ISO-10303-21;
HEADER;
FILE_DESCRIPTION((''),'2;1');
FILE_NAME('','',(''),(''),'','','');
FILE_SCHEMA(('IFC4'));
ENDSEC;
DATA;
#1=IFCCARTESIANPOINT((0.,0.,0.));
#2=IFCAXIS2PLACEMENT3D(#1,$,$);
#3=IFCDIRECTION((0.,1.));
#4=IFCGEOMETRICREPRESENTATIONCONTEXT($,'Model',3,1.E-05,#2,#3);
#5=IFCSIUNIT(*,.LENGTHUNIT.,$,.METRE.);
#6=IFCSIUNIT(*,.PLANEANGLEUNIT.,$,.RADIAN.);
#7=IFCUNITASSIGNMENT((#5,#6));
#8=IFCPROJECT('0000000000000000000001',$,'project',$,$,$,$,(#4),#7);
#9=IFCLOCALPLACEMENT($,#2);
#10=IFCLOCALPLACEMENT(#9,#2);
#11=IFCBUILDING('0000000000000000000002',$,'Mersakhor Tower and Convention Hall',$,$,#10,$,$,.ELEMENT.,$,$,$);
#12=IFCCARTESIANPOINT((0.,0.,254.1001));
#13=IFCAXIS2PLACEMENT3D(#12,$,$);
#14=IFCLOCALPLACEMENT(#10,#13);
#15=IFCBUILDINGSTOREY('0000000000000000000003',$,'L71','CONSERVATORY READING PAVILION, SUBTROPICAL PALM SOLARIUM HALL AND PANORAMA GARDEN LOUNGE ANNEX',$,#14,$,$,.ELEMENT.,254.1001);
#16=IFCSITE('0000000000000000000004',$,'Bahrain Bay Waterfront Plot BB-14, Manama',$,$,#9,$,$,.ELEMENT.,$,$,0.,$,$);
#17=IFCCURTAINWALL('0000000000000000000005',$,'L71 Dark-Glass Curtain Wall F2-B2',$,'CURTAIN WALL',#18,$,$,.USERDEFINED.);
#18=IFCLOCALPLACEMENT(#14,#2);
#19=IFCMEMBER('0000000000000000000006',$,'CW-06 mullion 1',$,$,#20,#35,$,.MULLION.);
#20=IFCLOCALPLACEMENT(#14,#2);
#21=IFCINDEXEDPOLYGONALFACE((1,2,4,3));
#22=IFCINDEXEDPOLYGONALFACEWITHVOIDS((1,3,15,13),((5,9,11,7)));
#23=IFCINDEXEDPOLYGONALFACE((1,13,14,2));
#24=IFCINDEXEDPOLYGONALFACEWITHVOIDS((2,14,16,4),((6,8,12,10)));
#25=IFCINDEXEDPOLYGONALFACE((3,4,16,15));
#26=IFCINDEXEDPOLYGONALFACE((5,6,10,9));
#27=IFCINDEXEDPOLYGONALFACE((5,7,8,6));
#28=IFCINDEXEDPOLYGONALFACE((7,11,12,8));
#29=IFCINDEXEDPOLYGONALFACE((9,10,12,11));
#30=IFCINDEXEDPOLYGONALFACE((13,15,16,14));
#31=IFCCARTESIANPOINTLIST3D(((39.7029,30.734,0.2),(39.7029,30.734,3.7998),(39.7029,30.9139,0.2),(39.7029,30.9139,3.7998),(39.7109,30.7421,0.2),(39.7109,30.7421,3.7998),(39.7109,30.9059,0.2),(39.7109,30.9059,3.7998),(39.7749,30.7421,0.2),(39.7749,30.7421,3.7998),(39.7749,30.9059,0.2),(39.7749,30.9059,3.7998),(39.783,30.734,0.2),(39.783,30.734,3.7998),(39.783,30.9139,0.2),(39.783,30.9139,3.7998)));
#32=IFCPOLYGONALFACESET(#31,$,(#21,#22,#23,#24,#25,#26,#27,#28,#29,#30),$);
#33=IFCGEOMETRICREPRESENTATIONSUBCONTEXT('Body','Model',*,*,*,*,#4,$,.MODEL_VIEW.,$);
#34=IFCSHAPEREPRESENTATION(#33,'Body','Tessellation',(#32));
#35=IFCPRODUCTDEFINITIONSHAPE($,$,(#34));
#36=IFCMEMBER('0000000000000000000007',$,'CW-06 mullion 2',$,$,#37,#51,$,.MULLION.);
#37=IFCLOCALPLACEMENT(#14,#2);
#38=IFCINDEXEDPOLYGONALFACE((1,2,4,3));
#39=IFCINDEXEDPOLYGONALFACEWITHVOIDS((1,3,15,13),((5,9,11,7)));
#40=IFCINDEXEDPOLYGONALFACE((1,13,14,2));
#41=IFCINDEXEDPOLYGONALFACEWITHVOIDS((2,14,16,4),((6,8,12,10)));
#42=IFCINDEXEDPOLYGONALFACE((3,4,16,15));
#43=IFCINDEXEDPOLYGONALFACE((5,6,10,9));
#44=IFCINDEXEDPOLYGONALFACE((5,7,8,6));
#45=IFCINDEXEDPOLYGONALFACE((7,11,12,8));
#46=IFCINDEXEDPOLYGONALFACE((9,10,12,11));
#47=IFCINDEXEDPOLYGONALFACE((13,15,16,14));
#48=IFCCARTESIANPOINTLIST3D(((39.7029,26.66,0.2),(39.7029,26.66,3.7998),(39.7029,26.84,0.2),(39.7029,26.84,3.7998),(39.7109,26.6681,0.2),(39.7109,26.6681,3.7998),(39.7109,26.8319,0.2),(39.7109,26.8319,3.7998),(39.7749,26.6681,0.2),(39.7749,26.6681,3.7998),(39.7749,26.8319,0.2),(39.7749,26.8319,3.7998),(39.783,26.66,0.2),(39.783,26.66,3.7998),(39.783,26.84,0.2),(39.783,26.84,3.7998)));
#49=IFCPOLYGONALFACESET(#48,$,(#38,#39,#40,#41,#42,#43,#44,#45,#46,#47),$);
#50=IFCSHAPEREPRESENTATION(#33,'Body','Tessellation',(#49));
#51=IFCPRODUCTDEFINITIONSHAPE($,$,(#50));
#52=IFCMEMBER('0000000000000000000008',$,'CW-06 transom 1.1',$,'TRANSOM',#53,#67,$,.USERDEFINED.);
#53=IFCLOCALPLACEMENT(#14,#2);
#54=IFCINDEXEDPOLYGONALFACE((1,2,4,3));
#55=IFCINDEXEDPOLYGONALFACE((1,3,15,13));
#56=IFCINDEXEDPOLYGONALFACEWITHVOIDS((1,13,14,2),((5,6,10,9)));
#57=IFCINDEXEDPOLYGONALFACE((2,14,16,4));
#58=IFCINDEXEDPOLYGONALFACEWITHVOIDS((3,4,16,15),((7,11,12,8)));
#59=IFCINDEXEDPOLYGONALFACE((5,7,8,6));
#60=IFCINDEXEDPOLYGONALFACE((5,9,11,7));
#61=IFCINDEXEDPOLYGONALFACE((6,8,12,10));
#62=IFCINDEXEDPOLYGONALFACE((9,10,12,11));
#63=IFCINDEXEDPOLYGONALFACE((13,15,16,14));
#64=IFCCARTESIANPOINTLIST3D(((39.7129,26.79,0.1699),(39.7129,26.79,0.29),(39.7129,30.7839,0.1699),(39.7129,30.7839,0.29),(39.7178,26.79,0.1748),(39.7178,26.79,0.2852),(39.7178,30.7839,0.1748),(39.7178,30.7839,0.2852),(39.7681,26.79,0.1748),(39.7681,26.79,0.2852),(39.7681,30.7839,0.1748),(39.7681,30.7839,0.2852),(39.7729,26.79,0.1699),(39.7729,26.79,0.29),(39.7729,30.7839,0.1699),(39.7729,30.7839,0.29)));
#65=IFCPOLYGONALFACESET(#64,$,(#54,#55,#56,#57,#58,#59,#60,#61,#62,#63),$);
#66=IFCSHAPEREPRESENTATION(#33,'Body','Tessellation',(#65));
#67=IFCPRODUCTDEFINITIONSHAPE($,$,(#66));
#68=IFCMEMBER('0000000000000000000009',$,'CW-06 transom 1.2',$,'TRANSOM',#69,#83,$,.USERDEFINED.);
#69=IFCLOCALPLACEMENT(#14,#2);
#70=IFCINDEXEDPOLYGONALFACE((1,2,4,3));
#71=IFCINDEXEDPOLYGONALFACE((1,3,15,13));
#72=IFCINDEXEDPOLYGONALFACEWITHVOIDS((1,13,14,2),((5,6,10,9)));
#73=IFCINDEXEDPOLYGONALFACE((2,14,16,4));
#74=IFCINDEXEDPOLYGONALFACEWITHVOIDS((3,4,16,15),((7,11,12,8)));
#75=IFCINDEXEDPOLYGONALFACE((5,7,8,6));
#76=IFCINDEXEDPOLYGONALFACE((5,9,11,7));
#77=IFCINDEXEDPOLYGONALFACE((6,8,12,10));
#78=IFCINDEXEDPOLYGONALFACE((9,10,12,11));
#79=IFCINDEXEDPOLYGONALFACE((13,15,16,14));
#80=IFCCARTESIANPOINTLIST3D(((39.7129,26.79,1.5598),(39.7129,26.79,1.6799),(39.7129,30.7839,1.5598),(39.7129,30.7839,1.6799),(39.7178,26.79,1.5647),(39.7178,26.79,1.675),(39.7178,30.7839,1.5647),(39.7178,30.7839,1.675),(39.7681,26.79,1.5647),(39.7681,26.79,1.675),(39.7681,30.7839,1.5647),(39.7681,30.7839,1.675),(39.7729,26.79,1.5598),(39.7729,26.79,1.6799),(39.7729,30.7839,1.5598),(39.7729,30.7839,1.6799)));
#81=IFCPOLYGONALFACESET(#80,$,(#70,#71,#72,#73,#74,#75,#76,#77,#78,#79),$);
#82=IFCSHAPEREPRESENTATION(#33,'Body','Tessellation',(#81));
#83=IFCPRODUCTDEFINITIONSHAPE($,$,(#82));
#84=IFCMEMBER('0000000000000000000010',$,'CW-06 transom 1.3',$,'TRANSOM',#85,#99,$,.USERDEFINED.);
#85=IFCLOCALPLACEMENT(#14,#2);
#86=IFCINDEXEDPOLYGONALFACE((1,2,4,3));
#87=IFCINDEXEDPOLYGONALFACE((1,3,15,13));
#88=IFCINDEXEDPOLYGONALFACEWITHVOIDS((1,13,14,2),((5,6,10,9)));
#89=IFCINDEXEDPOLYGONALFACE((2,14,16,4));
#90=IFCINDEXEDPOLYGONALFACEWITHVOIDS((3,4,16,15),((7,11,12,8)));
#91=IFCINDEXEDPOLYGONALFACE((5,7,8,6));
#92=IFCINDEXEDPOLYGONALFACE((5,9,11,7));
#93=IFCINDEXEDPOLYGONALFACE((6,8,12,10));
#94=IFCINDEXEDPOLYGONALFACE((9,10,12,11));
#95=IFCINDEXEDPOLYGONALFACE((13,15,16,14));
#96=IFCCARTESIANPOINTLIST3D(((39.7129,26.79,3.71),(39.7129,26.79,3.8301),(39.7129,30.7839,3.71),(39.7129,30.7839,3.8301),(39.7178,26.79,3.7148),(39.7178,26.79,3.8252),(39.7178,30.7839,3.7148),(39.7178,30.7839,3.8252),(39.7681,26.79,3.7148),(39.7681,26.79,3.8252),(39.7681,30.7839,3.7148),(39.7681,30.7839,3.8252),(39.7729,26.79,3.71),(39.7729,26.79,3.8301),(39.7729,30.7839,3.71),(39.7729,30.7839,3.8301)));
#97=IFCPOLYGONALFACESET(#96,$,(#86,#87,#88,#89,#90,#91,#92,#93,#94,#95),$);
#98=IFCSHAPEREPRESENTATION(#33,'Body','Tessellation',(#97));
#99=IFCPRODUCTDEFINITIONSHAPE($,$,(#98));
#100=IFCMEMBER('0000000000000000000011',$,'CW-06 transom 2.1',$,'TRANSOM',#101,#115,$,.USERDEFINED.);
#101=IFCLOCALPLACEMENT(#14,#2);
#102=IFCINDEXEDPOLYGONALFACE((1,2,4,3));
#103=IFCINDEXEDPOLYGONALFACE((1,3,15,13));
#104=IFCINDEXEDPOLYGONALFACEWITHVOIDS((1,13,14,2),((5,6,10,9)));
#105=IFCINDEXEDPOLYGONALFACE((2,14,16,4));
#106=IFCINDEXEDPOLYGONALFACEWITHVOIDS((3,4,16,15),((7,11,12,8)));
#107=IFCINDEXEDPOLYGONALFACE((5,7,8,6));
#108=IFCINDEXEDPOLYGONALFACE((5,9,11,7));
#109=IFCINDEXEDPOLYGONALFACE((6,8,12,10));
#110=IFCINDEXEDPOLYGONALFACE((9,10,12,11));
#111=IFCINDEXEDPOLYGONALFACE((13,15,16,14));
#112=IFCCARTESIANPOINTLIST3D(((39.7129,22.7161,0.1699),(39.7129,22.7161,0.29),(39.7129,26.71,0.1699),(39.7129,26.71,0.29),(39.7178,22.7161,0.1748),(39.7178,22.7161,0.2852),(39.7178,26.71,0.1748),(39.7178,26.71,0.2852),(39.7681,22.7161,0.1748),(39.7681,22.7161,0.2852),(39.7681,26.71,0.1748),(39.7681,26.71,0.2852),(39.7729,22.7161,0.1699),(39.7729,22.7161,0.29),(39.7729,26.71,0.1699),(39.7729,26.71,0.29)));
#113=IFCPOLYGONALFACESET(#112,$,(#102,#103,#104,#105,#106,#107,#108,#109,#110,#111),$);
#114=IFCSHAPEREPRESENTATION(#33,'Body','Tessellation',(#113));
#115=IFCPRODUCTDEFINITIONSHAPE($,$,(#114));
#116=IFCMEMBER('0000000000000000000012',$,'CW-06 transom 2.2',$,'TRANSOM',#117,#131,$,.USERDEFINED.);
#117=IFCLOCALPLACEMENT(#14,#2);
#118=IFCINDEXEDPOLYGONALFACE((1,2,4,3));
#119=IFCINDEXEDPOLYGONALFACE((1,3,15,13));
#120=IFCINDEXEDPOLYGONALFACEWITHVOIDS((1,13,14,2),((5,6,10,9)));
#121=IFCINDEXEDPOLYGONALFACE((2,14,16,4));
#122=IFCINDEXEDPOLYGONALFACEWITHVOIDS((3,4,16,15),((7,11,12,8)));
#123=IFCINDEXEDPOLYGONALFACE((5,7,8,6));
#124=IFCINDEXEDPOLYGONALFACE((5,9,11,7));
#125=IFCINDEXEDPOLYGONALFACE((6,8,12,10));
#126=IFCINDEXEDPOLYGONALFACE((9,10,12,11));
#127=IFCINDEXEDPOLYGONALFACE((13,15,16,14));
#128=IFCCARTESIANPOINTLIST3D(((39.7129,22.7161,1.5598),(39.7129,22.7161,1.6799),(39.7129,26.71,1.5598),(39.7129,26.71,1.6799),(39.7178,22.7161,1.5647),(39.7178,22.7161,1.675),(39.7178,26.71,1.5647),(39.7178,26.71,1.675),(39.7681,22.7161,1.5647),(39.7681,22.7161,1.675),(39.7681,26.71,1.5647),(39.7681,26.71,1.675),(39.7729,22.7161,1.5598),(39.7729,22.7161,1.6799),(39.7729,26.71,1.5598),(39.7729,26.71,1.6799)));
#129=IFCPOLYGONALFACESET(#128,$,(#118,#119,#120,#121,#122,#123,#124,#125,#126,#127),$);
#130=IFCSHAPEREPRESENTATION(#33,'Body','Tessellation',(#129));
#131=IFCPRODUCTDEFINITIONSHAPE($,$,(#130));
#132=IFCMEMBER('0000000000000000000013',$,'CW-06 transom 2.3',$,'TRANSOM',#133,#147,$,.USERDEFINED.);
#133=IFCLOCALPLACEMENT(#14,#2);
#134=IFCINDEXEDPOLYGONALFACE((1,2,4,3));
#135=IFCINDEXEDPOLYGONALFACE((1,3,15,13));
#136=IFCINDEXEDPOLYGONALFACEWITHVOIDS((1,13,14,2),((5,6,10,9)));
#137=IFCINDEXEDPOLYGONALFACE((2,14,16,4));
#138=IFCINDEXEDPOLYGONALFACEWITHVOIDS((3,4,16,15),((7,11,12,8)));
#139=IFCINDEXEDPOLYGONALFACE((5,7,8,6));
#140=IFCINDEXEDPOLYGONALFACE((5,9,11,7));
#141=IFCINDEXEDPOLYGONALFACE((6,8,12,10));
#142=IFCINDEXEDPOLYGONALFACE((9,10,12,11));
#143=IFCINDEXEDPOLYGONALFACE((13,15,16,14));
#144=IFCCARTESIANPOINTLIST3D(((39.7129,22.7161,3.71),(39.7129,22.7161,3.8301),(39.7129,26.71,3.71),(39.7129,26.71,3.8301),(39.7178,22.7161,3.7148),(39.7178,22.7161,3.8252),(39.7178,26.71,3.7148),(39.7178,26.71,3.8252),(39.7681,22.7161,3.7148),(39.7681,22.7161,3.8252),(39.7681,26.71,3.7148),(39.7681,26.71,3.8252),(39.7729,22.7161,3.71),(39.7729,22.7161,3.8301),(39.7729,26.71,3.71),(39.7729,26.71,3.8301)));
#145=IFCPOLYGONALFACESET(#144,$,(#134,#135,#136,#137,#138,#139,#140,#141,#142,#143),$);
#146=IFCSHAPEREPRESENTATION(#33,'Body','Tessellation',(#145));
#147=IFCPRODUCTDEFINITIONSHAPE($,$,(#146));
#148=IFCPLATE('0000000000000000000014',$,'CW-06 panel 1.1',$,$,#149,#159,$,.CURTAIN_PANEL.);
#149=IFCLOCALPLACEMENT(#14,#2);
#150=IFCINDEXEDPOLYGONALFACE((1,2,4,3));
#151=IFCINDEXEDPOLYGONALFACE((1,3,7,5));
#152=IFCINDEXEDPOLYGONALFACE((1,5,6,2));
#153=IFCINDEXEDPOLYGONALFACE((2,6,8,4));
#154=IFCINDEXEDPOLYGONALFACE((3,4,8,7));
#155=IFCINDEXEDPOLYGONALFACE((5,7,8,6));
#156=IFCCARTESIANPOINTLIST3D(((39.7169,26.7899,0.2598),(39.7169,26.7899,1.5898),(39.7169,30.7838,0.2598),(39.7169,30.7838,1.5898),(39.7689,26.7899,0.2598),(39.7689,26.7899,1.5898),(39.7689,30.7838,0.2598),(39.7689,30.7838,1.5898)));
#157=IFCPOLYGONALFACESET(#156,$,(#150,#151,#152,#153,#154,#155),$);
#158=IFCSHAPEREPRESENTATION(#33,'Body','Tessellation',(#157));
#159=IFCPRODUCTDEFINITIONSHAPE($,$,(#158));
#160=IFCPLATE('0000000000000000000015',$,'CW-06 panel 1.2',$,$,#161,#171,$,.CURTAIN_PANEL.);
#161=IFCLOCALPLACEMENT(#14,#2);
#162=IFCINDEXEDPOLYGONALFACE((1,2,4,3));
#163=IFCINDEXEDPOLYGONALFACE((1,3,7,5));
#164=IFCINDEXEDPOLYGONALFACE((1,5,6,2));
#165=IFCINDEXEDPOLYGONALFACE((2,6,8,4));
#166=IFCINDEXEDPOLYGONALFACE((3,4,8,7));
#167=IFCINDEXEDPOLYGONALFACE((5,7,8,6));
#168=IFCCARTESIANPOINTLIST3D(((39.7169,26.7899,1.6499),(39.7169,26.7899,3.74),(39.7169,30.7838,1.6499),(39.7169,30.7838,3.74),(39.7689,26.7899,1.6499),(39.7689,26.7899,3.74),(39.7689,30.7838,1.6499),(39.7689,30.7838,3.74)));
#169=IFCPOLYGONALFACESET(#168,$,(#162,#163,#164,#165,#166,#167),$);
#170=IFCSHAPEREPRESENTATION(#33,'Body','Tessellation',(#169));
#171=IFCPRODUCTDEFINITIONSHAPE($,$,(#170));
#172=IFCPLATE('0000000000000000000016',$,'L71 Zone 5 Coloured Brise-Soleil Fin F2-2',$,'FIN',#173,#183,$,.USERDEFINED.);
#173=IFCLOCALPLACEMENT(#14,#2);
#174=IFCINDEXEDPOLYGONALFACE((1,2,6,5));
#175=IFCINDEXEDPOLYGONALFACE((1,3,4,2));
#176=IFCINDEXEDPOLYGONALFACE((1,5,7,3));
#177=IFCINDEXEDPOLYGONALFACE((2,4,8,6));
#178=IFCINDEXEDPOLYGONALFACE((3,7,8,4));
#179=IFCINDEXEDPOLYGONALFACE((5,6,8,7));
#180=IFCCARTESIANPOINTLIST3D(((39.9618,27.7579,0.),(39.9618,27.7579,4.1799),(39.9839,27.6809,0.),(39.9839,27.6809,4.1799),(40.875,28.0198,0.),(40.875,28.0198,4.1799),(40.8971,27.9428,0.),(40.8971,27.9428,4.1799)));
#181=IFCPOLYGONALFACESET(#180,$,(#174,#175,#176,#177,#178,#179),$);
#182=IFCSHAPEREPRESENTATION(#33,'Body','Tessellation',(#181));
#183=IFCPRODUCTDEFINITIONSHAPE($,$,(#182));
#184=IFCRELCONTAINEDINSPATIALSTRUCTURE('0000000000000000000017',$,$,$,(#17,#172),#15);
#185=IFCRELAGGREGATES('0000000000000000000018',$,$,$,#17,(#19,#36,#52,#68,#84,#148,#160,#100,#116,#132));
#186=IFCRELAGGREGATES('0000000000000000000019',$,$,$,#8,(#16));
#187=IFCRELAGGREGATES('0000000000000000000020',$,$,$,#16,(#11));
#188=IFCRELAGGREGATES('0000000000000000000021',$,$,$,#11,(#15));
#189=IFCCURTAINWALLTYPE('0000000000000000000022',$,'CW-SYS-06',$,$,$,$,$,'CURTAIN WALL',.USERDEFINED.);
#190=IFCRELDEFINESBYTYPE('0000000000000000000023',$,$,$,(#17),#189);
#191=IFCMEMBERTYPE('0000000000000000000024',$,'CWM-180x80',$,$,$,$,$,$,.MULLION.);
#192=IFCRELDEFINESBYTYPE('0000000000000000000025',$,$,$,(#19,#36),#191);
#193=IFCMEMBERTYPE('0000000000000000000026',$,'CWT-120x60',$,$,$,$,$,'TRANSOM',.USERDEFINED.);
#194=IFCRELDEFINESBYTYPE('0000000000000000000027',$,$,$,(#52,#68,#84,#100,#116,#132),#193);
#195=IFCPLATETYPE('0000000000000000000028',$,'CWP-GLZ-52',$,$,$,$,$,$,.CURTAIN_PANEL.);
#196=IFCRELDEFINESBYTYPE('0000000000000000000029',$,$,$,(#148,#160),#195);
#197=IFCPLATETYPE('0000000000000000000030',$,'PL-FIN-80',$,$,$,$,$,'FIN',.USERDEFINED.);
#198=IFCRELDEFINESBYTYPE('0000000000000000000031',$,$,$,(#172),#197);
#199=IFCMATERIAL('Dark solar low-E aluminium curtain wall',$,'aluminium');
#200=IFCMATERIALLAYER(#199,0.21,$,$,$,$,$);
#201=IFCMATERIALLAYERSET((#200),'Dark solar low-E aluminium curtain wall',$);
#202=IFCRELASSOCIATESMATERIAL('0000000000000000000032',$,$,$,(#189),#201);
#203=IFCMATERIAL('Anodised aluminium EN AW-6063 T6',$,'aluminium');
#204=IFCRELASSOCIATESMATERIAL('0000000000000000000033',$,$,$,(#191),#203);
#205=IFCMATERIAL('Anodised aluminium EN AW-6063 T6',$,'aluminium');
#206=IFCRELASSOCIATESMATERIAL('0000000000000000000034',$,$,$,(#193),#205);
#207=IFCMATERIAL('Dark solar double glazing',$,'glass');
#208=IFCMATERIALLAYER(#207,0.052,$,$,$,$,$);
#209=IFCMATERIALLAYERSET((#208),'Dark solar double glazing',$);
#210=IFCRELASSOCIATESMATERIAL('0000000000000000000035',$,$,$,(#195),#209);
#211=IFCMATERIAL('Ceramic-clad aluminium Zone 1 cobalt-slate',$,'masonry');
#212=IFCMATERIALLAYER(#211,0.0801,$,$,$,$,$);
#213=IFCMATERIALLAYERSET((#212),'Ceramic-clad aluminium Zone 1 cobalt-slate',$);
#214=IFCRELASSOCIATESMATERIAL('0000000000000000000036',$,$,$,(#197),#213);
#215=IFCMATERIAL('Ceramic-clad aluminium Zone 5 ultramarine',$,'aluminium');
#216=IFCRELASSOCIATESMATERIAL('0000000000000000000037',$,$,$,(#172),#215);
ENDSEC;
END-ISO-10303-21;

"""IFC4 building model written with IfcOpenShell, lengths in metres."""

from ifc_helpers import new_model, si_unit, direction, frame, origin, origin_2d, place, context, subcontext, project, spatial, rectangle, hollow_rectangle, extrude, material, layer, layer_set, material_profile, profile_set, type_object, element, aggregate, save


model = new_model("IFC4")

# Units and contexts
model_context = context("Model", 3, precision=1e-05, world=origin(), true_north=direction((0.0, 1.0)))
body_context = subcontext(model_context, "Body", "Model", "MODEL_VIEW")
ifc_project = project(units=[si_unit("LENGTHUNIT", "METRE"), si_unit("PLANEANGLEUNIT", "RADIAN")], contexts=[model_context])

# Site, building, storey
site_placement = place(None, origin())
site = spatial("IfcSite", under=ifc_project, at=site_placement, Name="Bahrain Bay Waterfront Plot BB-14, Manama", CompositionType="ELEMENT", RefElevation=0.0)
building_placement = place(site_placement, origin())
building = spatial("IfcBuilding", under=site, at=building_placement, Name="Mersakhor Tower and Convention Hall", CompositionType="ELEMENT")
storey_placement = place(building_placement, frame((0.0, 0.0, 254.1001)))
storey = spatial("IfcBuildingStorey", under=building, at=storey_placement, Name="L71", Description="CONSERVATORY READING PAVILION, SUBTROPICAL PALM SOLARIUM HALL AND PANORAMA GARDEN LOUNGE ANNEX", CompositionType="ELEMENT", Elevation=254.1001)

# Curtain wall, members, plates
ifc_material_1 = material(Name="Dark solar low-E aluminium curtain wall", Category="aluminium")
ifc_layer_1 = layer(ifc_material_1, 0.21)
ifc_layer_set_1 = layer_set([ifc_layer_1], Name="Dark solar low-E aluminium curtain wall")
curtain_wall_type = type_object("IfcCurtainWallType", Name="CW-SYS-06", ElementType="CURTAIN WALL", PredefinedType="USERDEFINED", material=ifc_layer_set_1)
curtain_wall_placement = place(storey_placement, origin())
curtain_wall = element("IfcCurtainWall", 1, at=curtain_wall_placement, inside=storey, type_object=curtain_wall_type, Name="L71 Dark-Glass Curtain Wall F2-B2", ObjectType="CURTAIN WALL", PredefinedType="USERDEFINED")
ifc_material_2 = material(Name="Anodised aluminium EN AW-6063 T6", Category="aluminium")
ifc_material_profile_1 = material_profile(ifc_material_2, hollow_rectangle(XDim=0.0801, YDim=0.1799, WallThickness=0.0081, at=origin_2d()), Name="RHS 180x80x8")
ifc_profile_set_1 = profile_set([ifc_material_profile_1], Name="Anodised aluminium EN AW-6063 T6")
member_type_1 = type_object("IfcMemberType", Name="CWM-180x80", PredefinedType="MULLION", material=ifc_profile_set_1)
member_1_placement = place(storey_placement, frame((39.7429, 30.824, 0.2), z_axis=(0.0, 0.0, 1.0), x_axis=(1.0, 0.0, 0.0)))
member_1 = element("IfcMember", 2, at=member_1_placement, type_object=member_type_1, Name="CW-06 mullion 1", PredefinedType="MULLION", context=body_context, shape_type="SweptSolid", body=[
    extrude(hollow_rectangle(XDim=0.0801, YDim=0.1799, WallThickness=0.0081, at=origin_2d()), origin(), (0.0, 0.0, 1.0), 3.5999),
])
member_2_placement = place(storey_placement, frame((39.7429, 26.75, 0.2), z_axis=(0.0, 0.0, 1.0), x_axis=(1.0, 0.0, 0.0)))
member_2 = element("IfcMember", 3, at=member_2_placement, type_object=member_type_1, Name="CW-06 mullion 2", PredefinedType="MULLION", context=body_context, shape_type="SweptSolid", body=[
    extrude(hollow_rectangle(XDim=0.0801, YDim=0.1799, WallThickness=0.0081, at=origin_2d()), origin(), (0.0, 0.0, 1.0), 3.5999),
])
ifc_material_3 = material(Name="Anodised aluminium EN AW-6063 T6", Category="aluminium")
ifc_material_profile_2 = material_profile(ifc_material_3, hollow_rectangle(XDim=0.0601, YDim=0.1201, WallThickness=0.0049, at=origin_2d()), Name="RHS 120x60x5")
ifc_profile_set_2 = profile_set([ifc_material_profile_2], Name="Anodised aluminium EN AW-6063 T6")
member_type_2 = type_object("IfcMemberType", Name="CWT-120x60", ElementType="TRANSOM", PredefinedType="USERDEFINED", material=ifc_profile_set_2)
member_3_placement = place(storey_placement, frame((39.7429, 30.7839, 0.23), z_axis=(0.0, -1.0, 0.0), x_axis=(1.0, 0.0, 0.0)))
member_3 = element("IfcMember", 4, at=member_3_placement, type_object=member_type_2, Name="CW-06 transom 1.1", ObjectType="TRANSOM", PredefinedType="USERDEFINED", context=body_context, shape_type="SweptSolid", body=[
    extrude(hollow_rectangle(XDim=0.0601, YDim=0.1201, WallThickness=0.0049, at=origin_2d()), origin(), (0.0, 0.0, 1.0), 3.9939),
])
member_4_placement = place(storey_placement, frame((39.7429, 30.7839, 1.6199), z_axis=(0.0, -1.0, 0.0), x_axis=(1.0, 0.0, 0.0)))
member_4 = element("IfcMember", 5, at=member_4_placement, type_object=member_type_2, Name="CW-06 transom 1.2", ObjectType="TRANSOM", PredefinedType="USERDEFINED", context=body_context, shape_type="SweptSolid", body=[
    extrude(hollow_rectangle(XDim=0.0601, YDim=0.1201, WallThickness=0.0049, at=origin_2d()), origin(), (0.0, 0.0, 1.0), 3.9939),
])
member_5_placement = place(storey_placement, frame((39.7429, 30.7839, 3.77), z_axis=(0.0, -1.0, 0.0), x_axis=(1.0, 0.0, 0.0)))
member_5 = element("IfcMember", 6, at=member_5_placement, type_object=member_type_2, Name="CW-06 transom 1.3", ObjectType="TRANSOM", PredefinedType="USERDEFINED", context=body_context, shape_type="SweptSolid", body=[
    extrude(hollow_rectangle(XDim=0.0601, YDim=0.1201, WallThickness=0.0049, at=origin_2d()), origin(), (0.0, 0.0, 1.0), 3.9939),
])
member_6_placement = place(storey_placement, frame((39.7429, 26.71, 0.23), z_axis=(0.0, -1.0, 0.0), x_axis=(1.0, 0.0, 0.0)))
member_6 = element("IfcMember", 7, at=member_6_placement, type_object=member_type_2, Name="CW-06 transom 2.1", ObjectType="TRANSOM", PredefinedType="USERDEFINED", context=body_context, shape_type="SweptSolid", body=[
    extrude(hollow_rectangle(XDim=0.0601, YDim=0.1201, WallThickness=0.0049, at=origin_2d()), origin(), (0.0, 0.0, 1.0), 3.9939),
])
member_7_placement = place(storey_placement, frame((39.7429, 26.71, 1.6199), z_axis=(0.0, -1.0, 0.0), x_axis=(1.0, 0.0, 0.0)))
member_7 = element("IfcMember", 8, at=member_7_placement, type_object=member_type_2, Name="CW-06 transom 2.2", ObjectType="TRANSOM", PredefinedType="USERDEFINED", context=body_context, shape_type="SweptSolid", body=[
    extrude(hollow_rectangle(XDim=0.0601, YDim=0.1201, WallThickness=0.0049, at=origin_2d()), origin(), (0.0, 0.0, 1.0), 3.9939),
])
member_8_placement = place(storey_placement, frame((39.7429, 26.71, 3.77), z_axis=(0.0, -1.0, 0.0), x_axis=(1.0, 0.0, 0.0)))
member_8 = element("IfcMember", 9, at=member_8_placement, type_object=member_type_2, Name="CW-06 transom 2.3", ObjectType="TRANSOM", PredefinedType="USERDEFINED", context=body_context, shape_type="SweptSolid", body=[
    extrude(hollow_rectangle(XDim=0.0601, YDim=0.1201, WallThickness=0.0049, at=origin_2d()), origin(), (0.0, 0.0, 1.0), 3.9939),
])
ifc_material_4 = material(Name="Dark solar double glazing", Category="glass")
ifc_layer_2 = layer(ifc_material_4, 0.052)
ifc_layer_set_2 = layer_set([ifc_layer_2], Name="Dark solar double glazing")
plate_type_1 = type_object("IfcPlateType", Name="CWP-GLZ-52", PredefinedType="CURTAIN_PANEL", material=ifc_layer_set_2)
plate_1_placement = place(storey_placement, frame((39.7429, 28.7869, 0.2598), z_axis=(0.0, 0.0, 1.0), x_axis=(0.0, -1.0, 0.0)))
plate_1 = element("IfcPlate", 10, at=plate_1_placement, type_object=plate_type_1, Name="CW-06 panel 1.1", PredefinedType="CURTAIN_PANEL", context=body_context, shape_type="SweptSolid", body=[
    extrude(rectangle(XDim=3.9939, YDim=0.052, at=origin_2d()), origin(), (0.0, 0.0, 1.0), 1.3301),
])
plate_2_placement = place(storey_placement, frame((39.7429, 28.7869, 1.6499), z_axis=(0.0, 0.0, 1.0), x_axis=(0.0, -1.0, 0.0)))
plate_2 = element("IfcPlate", 11, at=plate_2_placement, type_object=plate_type_1, Name="CW-06 panel 1.2", PredefinedType="CURTAIN_PANEL", context=body_context, shape_type="SweptSolid", body=[
    extrude(rectangle(XDim=3.9939, YDim=0.052, at=origin_2d()), origin(), (0.0, 0.0, 1.0), 2.0901),
])
aggregate(curtain_wall, [member_1, member_2, member_3, member_4, member_5, plate_1, plate_2, member_6, member_7, member_8])

# Plate
ifc_material_5 = material(Name="Ceramic-clad aluminium Zone 5 ultramarine", Category="aluminium")
ifc_material_6 = material(Name="Ceramic-clad aluminium Zone 1 cobalt-slate", Category="masonry")
ifc_layer_3 = layer(ifc_material_6, 0.0801)
ifc_layer_set_3 = layer_set([ifc_layer_3], Name="Ceramic-clad aluminium Zone 1 cobalt-slate")
plate_type_2 = type_object("IfcPlateType", Name="PL-FIN-80", ElementType="FIN", PredefinedType="USERDEFINED", material=ifc_layer_set_3)
plate_3_placement = place(storey_placement, frame((40.4294, 27.8503, 0.0), z_axis=(0.0, 0.0, 1.0), x_axis=(0.961262, 0.275637, 0.0)))
element("IfcPlate", 12, at=plate_3_placement, inside=storey, type_object=plate_type_2, material=ifc_material_5, Name="L71 Zone 5 Coloured Brise-Soleil Fin F2-2", ObjectType="FIN", PredefinedType="USERDEFINED", context=body_context, shape_type="SweptSolid", body=[
    extrude(rectangle(XDim=0.95, YDim=0.0801, at=origin_2d()), origin(), (0.0, 0.0, 1.0), 4.1799),
])

save(model, "model.ifc")
